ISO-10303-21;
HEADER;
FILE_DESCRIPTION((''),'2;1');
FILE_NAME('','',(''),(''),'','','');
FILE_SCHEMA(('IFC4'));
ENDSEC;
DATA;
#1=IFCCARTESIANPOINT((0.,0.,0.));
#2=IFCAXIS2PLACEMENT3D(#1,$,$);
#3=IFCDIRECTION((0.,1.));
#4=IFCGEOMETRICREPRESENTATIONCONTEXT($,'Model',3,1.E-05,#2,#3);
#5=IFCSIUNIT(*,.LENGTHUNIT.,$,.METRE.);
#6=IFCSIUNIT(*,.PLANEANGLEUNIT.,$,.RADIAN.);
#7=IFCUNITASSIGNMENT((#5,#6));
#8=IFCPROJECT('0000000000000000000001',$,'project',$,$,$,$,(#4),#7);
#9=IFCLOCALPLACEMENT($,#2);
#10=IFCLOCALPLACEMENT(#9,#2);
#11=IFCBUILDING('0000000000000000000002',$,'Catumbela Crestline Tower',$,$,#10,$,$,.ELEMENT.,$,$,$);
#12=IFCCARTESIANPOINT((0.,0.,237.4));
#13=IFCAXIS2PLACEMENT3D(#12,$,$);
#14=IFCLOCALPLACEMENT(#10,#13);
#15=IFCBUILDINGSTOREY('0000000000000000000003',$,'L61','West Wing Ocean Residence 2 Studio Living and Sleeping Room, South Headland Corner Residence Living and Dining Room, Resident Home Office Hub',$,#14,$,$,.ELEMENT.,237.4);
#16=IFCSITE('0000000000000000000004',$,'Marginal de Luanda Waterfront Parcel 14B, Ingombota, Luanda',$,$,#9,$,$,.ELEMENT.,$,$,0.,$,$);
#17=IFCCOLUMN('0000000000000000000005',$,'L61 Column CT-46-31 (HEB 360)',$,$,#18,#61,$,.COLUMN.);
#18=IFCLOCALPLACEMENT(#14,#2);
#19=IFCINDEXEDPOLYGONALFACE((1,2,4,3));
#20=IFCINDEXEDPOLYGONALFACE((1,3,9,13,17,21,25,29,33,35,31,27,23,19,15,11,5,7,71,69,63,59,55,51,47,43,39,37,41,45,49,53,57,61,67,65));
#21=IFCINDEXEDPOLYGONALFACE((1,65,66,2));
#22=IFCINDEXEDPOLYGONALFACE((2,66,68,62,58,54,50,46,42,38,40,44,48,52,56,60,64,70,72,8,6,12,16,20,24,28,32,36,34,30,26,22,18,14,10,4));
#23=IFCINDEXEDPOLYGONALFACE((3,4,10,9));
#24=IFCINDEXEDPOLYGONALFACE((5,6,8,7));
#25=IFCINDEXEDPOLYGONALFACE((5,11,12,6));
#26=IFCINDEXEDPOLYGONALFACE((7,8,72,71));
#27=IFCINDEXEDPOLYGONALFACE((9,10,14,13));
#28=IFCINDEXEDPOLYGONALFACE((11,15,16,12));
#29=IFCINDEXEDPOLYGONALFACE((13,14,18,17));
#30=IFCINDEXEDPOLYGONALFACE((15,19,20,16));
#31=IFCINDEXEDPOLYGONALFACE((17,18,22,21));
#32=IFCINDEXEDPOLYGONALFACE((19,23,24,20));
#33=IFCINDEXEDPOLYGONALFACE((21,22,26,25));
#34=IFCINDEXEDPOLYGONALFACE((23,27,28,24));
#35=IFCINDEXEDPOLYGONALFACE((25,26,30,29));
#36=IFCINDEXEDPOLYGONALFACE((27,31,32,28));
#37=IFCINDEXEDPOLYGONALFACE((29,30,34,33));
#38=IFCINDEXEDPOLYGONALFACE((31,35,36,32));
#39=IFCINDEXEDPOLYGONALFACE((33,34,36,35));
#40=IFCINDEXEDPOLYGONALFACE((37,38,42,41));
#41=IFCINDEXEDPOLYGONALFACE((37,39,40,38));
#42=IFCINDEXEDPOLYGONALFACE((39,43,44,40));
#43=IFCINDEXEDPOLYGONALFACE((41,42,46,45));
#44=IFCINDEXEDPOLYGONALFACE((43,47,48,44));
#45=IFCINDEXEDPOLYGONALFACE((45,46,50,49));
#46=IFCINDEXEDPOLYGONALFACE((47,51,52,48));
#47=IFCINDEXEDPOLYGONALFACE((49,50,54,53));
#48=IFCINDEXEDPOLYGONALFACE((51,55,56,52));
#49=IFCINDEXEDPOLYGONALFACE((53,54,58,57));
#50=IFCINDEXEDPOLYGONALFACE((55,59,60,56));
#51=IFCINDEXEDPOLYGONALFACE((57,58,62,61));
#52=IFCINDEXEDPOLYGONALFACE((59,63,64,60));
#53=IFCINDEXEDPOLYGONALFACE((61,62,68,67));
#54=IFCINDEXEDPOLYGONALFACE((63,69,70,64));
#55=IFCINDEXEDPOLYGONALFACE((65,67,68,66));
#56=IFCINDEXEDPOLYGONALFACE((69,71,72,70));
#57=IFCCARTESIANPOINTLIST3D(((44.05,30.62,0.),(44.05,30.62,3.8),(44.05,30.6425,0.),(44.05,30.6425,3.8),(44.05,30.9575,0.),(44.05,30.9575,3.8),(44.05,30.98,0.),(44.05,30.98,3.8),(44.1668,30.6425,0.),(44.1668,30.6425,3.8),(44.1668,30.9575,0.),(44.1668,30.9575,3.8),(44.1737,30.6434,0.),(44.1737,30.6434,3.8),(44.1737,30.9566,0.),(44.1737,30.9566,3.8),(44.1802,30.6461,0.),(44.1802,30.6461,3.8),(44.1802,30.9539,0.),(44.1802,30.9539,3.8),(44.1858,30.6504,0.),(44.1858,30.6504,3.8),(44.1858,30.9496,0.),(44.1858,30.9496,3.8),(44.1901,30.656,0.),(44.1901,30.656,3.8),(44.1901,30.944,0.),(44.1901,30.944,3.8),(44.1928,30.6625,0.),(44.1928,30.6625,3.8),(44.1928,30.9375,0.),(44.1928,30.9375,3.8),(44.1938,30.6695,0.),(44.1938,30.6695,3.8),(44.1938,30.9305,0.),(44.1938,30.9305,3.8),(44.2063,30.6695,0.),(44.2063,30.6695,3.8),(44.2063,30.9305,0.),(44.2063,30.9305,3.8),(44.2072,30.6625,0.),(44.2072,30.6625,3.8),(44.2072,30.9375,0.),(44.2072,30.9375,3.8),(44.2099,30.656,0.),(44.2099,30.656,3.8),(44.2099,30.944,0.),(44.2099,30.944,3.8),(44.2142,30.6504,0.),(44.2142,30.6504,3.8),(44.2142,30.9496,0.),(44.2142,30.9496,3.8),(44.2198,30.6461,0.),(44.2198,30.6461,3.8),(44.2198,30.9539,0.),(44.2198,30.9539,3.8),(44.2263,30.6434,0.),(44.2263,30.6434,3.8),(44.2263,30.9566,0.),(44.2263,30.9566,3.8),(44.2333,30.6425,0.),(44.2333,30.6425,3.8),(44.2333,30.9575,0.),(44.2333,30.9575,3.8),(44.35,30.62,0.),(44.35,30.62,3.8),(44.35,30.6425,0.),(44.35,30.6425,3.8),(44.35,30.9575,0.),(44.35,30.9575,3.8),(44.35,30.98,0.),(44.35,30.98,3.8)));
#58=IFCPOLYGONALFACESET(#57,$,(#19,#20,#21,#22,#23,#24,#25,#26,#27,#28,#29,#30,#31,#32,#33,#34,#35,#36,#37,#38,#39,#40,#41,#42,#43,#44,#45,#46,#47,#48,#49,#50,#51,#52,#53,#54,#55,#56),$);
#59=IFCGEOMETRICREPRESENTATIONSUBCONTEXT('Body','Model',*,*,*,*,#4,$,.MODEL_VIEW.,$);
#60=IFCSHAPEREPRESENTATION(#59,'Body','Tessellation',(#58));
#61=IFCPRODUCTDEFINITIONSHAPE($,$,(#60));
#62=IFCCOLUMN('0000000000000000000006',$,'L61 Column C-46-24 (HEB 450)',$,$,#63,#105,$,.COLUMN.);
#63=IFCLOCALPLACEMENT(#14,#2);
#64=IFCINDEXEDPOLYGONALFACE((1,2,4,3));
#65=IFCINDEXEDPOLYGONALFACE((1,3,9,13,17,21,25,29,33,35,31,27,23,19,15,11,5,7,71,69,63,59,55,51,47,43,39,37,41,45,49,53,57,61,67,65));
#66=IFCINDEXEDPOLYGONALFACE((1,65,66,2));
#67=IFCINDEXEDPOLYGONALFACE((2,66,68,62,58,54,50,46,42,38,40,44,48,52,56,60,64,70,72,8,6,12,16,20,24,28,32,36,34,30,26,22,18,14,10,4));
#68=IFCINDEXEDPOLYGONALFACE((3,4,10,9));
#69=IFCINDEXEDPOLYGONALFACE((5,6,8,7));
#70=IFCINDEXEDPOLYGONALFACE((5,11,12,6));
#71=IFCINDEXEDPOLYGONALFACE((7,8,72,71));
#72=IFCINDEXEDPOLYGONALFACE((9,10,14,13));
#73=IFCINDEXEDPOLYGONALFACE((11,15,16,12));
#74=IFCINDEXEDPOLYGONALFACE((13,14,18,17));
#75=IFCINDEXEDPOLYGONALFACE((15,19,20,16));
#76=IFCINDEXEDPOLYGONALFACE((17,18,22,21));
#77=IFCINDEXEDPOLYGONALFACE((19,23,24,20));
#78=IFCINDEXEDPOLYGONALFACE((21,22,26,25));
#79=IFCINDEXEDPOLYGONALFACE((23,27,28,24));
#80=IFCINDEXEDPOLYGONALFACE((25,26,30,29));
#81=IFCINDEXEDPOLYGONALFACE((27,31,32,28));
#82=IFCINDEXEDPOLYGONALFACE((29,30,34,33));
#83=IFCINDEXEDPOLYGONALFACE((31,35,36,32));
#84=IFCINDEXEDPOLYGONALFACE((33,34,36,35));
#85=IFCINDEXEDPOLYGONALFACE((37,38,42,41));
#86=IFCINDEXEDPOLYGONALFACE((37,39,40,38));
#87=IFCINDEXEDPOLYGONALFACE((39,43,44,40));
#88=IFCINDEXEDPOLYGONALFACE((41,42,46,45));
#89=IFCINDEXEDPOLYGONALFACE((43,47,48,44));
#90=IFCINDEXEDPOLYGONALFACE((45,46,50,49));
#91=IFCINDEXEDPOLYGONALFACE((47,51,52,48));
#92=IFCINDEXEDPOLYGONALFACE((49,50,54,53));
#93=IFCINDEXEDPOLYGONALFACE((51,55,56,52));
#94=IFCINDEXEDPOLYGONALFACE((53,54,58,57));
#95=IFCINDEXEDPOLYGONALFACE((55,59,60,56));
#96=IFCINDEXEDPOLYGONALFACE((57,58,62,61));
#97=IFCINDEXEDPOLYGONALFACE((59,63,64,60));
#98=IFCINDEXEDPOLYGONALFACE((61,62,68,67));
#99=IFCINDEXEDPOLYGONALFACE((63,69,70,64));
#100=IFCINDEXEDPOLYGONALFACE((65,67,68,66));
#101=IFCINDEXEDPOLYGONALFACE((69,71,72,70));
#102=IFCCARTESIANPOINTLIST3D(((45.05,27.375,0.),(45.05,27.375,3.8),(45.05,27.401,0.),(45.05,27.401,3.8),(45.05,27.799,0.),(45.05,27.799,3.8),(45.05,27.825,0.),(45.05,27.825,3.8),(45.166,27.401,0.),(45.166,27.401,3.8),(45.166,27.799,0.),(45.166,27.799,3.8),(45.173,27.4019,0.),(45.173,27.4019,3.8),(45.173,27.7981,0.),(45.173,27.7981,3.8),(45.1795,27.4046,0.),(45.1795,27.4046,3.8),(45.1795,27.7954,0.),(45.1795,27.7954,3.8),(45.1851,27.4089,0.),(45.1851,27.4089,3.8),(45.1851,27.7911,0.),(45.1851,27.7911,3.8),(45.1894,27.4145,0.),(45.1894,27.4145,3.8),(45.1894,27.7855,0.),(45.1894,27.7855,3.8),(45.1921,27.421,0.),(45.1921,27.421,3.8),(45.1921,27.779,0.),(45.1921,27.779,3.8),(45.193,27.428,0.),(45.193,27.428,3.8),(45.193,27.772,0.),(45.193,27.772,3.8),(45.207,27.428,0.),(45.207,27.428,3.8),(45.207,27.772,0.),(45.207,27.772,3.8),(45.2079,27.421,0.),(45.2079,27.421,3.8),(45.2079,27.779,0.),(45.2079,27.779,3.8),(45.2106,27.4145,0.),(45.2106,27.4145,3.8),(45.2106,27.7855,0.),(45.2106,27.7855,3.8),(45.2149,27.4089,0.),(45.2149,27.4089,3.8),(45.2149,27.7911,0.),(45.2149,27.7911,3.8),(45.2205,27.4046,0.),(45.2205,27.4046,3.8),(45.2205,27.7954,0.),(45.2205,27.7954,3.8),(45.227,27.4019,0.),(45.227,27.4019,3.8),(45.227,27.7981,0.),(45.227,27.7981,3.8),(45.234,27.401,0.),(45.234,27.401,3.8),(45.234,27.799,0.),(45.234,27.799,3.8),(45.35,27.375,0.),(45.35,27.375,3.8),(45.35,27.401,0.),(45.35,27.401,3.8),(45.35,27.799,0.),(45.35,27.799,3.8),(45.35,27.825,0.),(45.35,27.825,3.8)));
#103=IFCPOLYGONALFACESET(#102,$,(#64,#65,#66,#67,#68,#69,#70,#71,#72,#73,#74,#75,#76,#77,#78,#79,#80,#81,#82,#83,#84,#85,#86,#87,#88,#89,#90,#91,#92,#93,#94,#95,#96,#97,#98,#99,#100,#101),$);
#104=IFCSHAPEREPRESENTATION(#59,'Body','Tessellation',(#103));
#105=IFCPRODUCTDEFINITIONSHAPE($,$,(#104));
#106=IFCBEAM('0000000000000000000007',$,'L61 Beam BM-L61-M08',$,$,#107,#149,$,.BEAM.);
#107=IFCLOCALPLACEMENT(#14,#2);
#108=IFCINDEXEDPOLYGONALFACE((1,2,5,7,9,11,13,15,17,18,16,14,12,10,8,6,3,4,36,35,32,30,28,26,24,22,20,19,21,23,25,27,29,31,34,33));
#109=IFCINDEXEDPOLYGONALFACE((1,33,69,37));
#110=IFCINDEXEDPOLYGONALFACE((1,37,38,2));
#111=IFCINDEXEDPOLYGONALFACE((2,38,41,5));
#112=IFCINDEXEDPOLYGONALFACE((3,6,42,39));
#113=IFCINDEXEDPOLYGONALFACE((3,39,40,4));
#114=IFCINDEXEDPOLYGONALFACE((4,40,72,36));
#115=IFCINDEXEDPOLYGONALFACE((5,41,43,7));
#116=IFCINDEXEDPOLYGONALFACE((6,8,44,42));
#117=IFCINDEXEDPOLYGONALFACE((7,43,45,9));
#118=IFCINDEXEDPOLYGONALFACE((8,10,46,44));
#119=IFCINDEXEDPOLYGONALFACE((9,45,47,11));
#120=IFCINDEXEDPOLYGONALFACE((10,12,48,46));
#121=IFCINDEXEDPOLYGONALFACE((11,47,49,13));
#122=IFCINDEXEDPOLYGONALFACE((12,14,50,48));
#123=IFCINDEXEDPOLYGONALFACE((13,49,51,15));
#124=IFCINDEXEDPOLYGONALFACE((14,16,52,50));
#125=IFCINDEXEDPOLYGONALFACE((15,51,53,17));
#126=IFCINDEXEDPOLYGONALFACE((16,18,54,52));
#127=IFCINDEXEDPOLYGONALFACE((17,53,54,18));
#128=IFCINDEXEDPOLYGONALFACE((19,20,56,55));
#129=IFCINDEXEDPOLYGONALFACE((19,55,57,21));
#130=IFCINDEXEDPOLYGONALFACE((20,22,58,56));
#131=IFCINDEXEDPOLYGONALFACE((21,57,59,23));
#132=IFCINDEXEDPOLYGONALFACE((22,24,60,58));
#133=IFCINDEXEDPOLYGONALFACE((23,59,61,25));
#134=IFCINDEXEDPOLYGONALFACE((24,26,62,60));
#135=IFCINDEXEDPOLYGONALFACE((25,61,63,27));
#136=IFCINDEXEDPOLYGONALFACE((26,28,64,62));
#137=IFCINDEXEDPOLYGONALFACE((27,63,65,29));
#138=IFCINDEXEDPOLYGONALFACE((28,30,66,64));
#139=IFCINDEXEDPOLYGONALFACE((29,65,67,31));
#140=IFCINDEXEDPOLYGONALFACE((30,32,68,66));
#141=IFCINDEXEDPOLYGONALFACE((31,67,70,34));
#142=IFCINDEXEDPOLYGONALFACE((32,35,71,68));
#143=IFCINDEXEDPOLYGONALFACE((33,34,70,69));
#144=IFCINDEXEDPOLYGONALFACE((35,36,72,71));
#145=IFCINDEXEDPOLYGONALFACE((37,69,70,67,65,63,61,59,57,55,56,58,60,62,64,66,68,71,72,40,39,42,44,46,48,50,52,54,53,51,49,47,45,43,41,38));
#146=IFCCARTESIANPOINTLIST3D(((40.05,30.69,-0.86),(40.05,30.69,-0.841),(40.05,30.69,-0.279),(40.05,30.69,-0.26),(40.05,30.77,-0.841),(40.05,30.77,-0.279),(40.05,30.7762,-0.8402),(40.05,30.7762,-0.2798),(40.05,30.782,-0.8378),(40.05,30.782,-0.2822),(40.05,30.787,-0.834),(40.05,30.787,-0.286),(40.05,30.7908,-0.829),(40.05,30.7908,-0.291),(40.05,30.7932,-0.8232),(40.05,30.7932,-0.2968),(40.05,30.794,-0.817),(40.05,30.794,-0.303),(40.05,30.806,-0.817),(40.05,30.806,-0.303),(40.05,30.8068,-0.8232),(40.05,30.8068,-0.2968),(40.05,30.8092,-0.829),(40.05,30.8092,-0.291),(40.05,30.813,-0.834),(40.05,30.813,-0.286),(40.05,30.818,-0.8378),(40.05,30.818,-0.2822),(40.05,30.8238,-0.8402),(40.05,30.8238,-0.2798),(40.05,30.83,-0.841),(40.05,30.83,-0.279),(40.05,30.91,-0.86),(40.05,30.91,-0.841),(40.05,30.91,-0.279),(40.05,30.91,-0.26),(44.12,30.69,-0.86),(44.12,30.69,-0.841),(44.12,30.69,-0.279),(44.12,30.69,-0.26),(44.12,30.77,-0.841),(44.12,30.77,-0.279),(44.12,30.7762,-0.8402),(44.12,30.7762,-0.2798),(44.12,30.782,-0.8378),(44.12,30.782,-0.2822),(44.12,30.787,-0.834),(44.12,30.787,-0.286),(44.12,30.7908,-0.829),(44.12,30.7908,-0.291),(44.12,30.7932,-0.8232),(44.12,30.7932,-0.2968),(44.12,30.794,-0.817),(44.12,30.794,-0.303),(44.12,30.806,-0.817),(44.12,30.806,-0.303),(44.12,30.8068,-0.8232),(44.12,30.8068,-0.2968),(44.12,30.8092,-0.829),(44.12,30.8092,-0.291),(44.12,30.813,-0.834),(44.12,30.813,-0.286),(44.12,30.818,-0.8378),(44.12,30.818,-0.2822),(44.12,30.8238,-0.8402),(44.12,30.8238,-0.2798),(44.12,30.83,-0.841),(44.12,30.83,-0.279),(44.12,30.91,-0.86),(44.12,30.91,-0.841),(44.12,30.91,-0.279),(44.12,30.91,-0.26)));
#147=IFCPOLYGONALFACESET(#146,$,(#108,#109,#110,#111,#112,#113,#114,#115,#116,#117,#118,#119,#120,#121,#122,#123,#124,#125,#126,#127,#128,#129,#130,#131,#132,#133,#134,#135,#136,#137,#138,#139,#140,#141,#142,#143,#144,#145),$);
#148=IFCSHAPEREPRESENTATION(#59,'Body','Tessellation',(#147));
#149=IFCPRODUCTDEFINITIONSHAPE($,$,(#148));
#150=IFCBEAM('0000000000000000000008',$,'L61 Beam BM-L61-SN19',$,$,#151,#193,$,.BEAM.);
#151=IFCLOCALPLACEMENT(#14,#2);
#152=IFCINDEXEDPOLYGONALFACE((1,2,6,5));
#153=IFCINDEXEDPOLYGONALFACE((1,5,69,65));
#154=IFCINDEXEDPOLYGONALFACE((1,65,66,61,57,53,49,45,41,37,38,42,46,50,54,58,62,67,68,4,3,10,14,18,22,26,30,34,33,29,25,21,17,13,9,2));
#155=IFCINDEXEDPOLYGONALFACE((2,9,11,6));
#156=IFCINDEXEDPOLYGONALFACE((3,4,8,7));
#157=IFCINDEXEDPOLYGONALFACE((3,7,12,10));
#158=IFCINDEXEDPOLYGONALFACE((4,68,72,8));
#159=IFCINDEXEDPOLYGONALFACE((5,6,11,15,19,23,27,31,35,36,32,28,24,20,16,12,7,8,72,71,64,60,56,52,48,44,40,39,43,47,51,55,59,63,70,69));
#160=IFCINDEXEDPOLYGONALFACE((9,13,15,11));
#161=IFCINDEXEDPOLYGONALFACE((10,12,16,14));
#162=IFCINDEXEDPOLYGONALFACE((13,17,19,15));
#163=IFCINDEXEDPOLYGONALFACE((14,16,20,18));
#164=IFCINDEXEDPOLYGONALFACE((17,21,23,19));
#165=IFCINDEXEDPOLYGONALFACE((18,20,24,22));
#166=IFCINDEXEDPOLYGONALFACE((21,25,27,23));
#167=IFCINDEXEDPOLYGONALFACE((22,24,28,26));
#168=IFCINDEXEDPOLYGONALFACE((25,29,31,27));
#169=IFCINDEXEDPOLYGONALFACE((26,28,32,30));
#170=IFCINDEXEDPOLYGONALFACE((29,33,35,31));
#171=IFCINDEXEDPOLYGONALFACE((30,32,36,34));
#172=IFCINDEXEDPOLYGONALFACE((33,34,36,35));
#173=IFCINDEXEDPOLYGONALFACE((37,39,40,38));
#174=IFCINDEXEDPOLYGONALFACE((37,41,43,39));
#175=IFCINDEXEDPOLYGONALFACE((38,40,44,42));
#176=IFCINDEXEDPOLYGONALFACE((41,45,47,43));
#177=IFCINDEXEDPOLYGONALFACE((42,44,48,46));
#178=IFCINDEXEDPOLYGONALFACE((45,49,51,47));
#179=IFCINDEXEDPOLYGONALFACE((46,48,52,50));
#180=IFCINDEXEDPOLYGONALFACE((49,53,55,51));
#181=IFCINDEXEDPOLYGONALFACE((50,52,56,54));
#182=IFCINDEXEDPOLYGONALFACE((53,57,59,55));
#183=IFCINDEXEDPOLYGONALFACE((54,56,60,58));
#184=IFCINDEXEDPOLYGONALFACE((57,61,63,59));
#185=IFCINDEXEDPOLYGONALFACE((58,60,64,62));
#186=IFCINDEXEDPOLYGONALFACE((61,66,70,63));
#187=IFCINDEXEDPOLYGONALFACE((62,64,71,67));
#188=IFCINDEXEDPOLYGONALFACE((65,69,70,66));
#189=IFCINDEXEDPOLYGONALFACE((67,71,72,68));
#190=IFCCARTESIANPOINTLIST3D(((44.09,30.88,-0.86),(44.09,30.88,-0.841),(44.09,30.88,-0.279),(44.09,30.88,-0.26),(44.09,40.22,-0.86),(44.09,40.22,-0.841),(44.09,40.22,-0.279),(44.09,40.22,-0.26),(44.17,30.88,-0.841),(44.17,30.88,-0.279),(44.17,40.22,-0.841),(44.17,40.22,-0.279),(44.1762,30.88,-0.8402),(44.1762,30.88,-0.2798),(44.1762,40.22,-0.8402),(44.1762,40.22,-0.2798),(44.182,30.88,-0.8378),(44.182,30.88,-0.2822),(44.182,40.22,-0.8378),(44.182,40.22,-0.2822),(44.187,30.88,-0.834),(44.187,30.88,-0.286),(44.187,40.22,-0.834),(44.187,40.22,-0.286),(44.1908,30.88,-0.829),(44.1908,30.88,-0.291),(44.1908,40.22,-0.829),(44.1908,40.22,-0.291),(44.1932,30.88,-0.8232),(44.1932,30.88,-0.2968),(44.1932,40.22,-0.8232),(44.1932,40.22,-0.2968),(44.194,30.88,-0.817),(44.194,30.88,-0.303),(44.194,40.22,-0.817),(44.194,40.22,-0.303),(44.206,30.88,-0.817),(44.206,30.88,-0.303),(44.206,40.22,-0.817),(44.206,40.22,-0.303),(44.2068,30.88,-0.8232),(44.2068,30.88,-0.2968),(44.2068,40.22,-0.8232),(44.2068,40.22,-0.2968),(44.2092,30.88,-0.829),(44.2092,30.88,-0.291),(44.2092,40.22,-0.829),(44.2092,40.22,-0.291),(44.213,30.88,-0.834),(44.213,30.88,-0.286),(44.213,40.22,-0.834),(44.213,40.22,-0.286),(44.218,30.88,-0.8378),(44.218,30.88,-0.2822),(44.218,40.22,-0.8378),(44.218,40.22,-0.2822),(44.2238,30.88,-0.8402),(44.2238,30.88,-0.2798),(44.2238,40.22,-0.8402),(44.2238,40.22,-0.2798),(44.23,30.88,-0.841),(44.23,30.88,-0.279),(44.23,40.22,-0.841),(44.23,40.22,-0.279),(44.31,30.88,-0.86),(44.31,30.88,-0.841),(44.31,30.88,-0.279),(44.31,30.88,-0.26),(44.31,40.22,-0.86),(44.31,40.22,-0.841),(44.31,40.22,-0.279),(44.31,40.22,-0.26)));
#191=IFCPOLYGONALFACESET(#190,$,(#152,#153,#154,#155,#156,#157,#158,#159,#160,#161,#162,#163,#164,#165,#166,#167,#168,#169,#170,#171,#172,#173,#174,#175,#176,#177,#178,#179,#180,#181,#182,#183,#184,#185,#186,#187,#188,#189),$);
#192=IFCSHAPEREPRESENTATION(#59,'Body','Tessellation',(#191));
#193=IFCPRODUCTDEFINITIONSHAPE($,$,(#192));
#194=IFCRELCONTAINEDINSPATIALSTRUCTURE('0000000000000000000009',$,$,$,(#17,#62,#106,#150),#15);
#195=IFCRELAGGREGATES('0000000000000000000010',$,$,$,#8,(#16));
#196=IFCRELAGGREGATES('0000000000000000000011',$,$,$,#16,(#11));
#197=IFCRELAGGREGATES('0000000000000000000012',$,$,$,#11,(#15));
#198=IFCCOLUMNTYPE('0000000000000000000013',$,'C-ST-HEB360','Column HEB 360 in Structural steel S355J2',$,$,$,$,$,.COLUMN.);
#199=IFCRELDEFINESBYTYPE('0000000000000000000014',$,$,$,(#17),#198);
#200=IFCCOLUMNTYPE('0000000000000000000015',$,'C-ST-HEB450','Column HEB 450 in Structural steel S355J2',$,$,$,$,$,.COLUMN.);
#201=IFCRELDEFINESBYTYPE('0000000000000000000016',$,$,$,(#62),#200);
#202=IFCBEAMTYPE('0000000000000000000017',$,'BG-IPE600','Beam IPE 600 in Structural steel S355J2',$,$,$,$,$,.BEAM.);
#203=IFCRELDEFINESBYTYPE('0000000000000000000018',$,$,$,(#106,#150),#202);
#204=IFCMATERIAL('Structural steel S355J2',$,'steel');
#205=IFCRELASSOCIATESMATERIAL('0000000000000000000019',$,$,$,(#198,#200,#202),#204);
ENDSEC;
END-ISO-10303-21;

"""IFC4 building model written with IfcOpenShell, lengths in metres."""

from ifc_helpers import new_model, si_unit, direction, frame, origin, origin_2d, place, context, subcontext, project, spatial, i_section, extrude, material, material_profile, profile_set, type_object, element, save


model = new_model("IFC4")

# Units and contexts
model_context = context("Model", 3, precision=1e-05, world=origin(), true_north=direction((0.0, 1.0)))
body_context = subcontext(model_context, "Body", "Model", "MODEL_VIEW")
ifc_project = project(units=[si_unit("LENGTHUNIT", "METRE"), si_unit("PLANEANGLEUNIT", "RADIAN")], contexts=[model_context])

# Site, building, storey
site_placement = place(None, origin())
site = spatial("IfcSite", under=ifc_project, at=site_placement, Name="Marginal de Luanda Waterfront Parcel 14B, Ingombota, Luanda", CompositionType="ELEMENT", RefElevation=0.0)
building_placement = place(site_placement, origin())
building = spatial("IfcBuilding", under=site, at=building_placement, Name="Catumbela Crestline Tower", CompositionType="ELEMENT")
storey_placement = place(building_placement, frame((0.0, 0.0, 237.4)))
storey = spatial("IfcBuildingStorey", under=building, at=storey_placement, Name="L61", Description="West Wing Ocean Residence 2 Studio Living and Sleeping Room, South Headland Corner Residence Living and Dining Room, Resident Home Office Hub", CompositionType="ELEMENT", Elevation=237.4)

# Columns
ifc_material_1 = material(Name="Structural steel S355J2", Category="steel")
ifc_material_profile_1 = material_profile(ifc_material_1, i_section(OverallWidth=0.3, OverallDepth=0.36, WebThickness=0.0125, FlangeThickness=0.0225, FilletRadius=0.027, at=origin_2d()), Name="HEB 360")
ifc_profile_set_1 = profile_set([ifc_material_profile_1], Name="Structural steel S355J2")
column_type_1 = type_object("IfcColumnType", Name="C-ST-HEB360", Description="Column HEB 360 in Structural steel S355J2", PredefinedType="COLUMN", material=ifc_profile_set_1)
column_1_placement = place(storey_placement, frame((44.2, 30.8, 0.0), z_axis=(0.0, 0.0, 1.0), x_axis=(1.0, 0.0, 0.0)))
element("IfcColumn", 1, at=column_1_placement, inside=storey, type_object=column_type_1, Name="L61 Column CT-46-31 (HEB 360)", PredefinedType="COLUMN", context=body_context, shape_type="SweptSolid", body=[
    extrude(i_section(OverallWidth=0.3, OverallDepth=0.36, WebThickness=0.0125, FlangeThickness=0.0225, FilletRadius=0.027, at=origin_2d()), origin(), (0.0, 0.0, 1.0), 3.8),
])
ifc_material_profile_2 = material_profile(ifc_material_1, i_section(OverallWidth=0.3, OverallDepth=0.45, WebThickness=0.014, FlangeThickness=0.026, FilletRadius=0.027, at=origin_2d()), Name="HEB 450")
ifc_profile_set_2 = profile_set([ifc_material_profile_2], Name="Structural steel S355J2")
column_type_2 = type_object("IfcColumnType", Name="C-ST-HEB450", Description="Column HEB 450 in Structural steel S355J2", PredefinedType="COLUMN", material=ifc_profile_set_2)
column_2_placement = place(storey_placement, frame((45.2, 27.6, 0.0), z_axis=(0.0, 0.0, 1.0), x_axis=(1.0, 0.0, 0.0)))
element("IfcColumn", 2, at=column_2_placement, inside=storey, type_object=column_type_2, Name="L61 Column C-46-24 (HEB 450)", PredefinedType="COLUMN", context=body_context, shape_type="SweptSolid", body=[
    extrude(i_section(OverallWidth=0.3, OverallDepth=0.45, WebThickness=0.014, FlangeThickness=0.026, FilletRadius=0.027, at=origin_2d()), origin(), (0.0, 0.0, 1.0), 3.8),
])

# Beams
ifc_material_profile_3 = material_profile(ifc_material_1, i_section(OverallWidth=0.22, OverallDepth=0.6, WebThickness=0.012, FlangeThickness=0.019, FilletRadius=0.024, at=origin_2d()), Name="IPE 600")
ifc_profile_set_3 = profile_set([ifc_material_profile_3], Name="Structural steel S355J2")
beam_type_1 = type_object("IfcBeamType", Name="BG-IPE600", Description="Beam IPE 600 in Structural steel S355J2", PredefinedType="BEAM", material=ifc_profile_set_3)
beam_1_placement = place(storey_placement, frame((40.05, 30.8, -0.56), z_axis=(1.0, 0.0, 0.0), x_axis=(0.0, 1.0, 0.0)))
element("IfcBeam", 3, at=beam_1_placement, inside=storey, type_object=beam_type_1, Name="L61 Beam BM-L61-M08", PredefinedType="BEAM", context=body_context, shape_type="SweptSolid", body=[
    extrude(i_section(OverallWidth=0.22, OverallDepth=0.6, WebThickness=0.012, FlangeThickness=0.019, FilletRadius=0.024, at=origin_2d()), origin(), (0.0, 0.0, 1.0), 4.07),
])
beam_2_placement = place(storey_placement, frame((44.2, 30.88, -0.56), z_axis=(0.0, 1.0, 0.0), x_axis=(-1.0, 0.0, 0.0)))
element("IfcBeam", 4, at=beam_2_placement, inside=storey, type_object=beam_type_1, Name="L61 Beam BM-L61-SN19", PredefinedType="BEAM", context=body_context, shape_type="SweptSolid", body=[
    extrude(i_section(OverallWidth=0.22, OverallDepth=0.6, WebThickness=0.012, FlangeThickness=0.019, FilletRadius=0.024, at=origin_2d()), origin(), (0.0, 0.0, 1.0), 9.34),
])

save(model, "model.ifc")
